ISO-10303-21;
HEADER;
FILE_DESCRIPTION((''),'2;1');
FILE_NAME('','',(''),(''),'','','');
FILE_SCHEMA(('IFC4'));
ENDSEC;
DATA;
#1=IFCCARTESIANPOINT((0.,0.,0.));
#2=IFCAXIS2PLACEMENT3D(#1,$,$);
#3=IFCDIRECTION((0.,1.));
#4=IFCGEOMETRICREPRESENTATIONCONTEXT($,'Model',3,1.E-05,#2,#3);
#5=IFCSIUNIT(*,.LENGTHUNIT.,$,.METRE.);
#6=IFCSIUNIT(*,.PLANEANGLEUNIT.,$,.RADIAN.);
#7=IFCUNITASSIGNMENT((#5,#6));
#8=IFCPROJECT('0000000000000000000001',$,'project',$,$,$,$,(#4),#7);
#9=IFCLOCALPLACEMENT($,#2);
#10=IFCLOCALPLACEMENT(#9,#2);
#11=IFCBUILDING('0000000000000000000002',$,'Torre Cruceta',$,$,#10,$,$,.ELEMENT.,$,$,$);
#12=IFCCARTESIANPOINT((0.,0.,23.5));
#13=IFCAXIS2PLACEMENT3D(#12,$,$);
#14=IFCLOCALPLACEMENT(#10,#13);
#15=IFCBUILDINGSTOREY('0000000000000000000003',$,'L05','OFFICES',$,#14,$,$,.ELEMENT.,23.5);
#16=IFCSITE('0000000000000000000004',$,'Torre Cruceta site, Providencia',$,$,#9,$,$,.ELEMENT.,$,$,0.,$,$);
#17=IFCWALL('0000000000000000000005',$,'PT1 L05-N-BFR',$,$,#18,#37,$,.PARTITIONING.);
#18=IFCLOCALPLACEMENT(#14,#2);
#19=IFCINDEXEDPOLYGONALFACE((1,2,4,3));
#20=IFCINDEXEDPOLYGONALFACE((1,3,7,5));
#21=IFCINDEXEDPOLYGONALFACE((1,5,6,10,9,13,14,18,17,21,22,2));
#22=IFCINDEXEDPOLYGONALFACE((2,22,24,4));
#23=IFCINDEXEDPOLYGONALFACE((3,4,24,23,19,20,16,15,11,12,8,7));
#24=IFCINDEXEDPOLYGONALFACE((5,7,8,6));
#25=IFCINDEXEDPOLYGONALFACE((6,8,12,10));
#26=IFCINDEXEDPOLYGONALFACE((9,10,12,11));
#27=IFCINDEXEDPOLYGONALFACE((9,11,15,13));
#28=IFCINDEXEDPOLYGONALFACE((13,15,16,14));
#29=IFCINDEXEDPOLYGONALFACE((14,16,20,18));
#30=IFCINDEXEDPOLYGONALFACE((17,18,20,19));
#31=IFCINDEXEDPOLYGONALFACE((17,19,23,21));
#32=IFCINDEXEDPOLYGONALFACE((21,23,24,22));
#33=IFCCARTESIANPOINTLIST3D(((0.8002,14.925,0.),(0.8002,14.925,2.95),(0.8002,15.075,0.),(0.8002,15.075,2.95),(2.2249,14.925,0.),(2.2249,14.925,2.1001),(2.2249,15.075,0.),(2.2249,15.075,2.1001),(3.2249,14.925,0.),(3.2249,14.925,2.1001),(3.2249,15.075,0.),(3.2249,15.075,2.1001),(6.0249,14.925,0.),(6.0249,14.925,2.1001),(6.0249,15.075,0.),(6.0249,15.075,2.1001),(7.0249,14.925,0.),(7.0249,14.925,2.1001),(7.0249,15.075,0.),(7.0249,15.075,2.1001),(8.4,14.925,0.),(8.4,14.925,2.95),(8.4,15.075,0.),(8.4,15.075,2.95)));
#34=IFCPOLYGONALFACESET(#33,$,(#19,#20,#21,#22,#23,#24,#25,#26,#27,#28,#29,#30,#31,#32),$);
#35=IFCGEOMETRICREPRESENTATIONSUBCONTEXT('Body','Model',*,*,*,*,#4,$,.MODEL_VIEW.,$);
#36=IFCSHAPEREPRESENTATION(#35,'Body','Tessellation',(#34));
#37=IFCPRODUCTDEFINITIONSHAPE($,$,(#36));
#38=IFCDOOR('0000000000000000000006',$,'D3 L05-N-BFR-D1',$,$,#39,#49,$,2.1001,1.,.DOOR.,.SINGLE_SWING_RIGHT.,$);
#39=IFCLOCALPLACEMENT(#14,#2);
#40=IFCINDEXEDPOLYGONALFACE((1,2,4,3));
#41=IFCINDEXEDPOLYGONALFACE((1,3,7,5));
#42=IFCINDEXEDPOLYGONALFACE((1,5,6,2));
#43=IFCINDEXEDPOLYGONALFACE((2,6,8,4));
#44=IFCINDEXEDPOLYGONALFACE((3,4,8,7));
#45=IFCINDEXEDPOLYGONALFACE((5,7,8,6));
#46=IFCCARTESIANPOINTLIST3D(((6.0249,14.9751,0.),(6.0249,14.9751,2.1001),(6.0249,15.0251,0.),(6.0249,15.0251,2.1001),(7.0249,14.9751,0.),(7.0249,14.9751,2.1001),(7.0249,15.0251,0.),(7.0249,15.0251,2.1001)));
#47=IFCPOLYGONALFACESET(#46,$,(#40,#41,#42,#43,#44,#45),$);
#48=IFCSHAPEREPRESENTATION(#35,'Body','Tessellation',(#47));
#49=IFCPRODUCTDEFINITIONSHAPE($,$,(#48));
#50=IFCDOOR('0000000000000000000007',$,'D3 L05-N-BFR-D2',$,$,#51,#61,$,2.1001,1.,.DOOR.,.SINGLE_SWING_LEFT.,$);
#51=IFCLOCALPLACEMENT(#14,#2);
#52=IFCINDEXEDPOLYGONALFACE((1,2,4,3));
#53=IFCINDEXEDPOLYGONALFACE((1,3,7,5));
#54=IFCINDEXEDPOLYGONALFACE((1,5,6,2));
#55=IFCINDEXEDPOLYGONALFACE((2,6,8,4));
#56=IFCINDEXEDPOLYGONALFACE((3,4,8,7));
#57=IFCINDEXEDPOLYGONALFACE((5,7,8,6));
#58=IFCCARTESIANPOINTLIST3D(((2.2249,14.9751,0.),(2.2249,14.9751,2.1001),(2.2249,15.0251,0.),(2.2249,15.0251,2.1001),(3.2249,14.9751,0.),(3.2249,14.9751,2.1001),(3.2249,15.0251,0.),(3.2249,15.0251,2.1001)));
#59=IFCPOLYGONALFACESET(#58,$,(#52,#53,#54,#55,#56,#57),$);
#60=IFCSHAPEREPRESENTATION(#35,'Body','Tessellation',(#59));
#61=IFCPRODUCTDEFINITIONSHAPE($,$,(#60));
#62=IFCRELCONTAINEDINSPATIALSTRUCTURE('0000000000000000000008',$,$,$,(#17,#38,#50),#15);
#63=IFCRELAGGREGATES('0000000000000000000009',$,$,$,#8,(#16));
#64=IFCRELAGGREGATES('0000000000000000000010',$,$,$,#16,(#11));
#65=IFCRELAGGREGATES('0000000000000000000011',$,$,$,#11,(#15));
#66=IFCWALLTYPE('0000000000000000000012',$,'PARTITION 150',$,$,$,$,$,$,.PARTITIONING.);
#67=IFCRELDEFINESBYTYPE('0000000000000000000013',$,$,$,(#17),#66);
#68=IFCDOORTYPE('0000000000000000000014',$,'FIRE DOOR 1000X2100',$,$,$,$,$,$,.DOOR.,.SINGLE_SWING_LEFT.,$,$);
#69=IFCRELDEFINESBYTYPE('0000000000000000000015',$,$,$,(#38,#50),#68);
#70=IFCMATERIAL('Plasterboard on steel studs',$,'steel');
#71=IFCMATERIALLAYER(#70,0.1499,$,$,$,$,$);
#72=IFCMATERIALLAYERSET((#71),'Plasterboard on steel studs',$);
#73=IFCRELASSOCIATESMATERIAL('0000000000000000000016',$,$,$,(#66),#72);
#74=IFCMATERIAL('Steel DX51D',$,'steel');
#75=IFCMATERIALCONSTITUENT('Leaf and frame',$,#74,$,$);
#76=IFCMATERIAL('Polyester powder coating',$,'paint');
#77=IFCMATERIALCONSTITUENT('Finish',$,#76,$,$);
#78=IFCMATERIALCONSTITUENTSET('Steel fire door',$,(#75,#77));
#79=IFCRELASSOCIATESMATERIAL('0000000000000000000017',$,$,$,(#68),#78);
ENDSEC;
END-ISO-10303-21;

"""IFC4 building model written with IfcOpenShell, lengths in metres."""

from ifc_helpers import new_model, si_unit, direction, frame, frame_2d, origin, place, context, subcontext, project, spatial, rectangle, extrude, material, layer, layer_set, constituent, constituent_set, type_object, element, fill, save


model = new_model("IFC4")

# Units and contexts
model_context = context("Model", 3, precision=1e-05, world=origin(), true_north=direction((0.0, 1.0)))
body_context = subcontext(model_context, "Body", "Model", "MODEL_VIEW")
ifc_project = project(units=[si_unit("LENGTHUNIT", "METRE"), si_unit("PLANEANGLEUNIT", "RADIAN")], contexts=[model_context])

# Site, building, storey
site_placement = place(None, origin())
site = spatial("IfcSite", under=ifc_project, at=site_placement, Name="Torre Cruceta site, Providencia", CompositionType="ELEMENT", RefElevation=0.0)
building_placement = place(site_placement, origin())
building = spatial("IfcBuilding", under=site, at=building_placement, Name="Torre Cruceta", CompositionType="ELEMENT")
storey_placement = place(building_placement, frame((0.0, 0.0, 23.5)))
storey = spatial("IfcBuildingStorey", under=building, at=storey_placement, Name="L05", Description="OFFICES", CompositionType="ELEMENT", Elevation=23.5)

# Wall, openings, doors
ifc_material_1 = material(Name="Plasterboard on steel studs", Category="steel")
ifc_layer_1 = layer(ifc_material_1, 0.1499)
ifc_layer_set_1 = layer_set([ifc_layer_1], Name="Plasterboard on steel studs")
wall_type_1 = type_object("IfcWallType", Name="PARTITION 150", PredefinedType="PARTITIONING", material=ifc_layer_set_1)
wall_1_placement = place(storey_placement, frame((8.3999, 15.0, 0.0), z_axis=(0.0, 0.0, 1.0), x_axis=(-1.0, 0.0, 0.0)))
wall_1 = element("IfcWall", 1, at=wall_1_placement, inside=storey, type_object=wall_type_1, Name="PT1 L05-N-BFR", PredefinedType="PARTITIONING", context=body_context, shape_type="SweptSolid", body=[
    extrude(rectangle(XDim=7.5999, YDim=0.1499, at=frame_2d((3.7998, 0.0))), origin(), (0.0, 0.0, 1.0), 2.95),
])
opening_1_placement = place(wall_1_placement, frame((1.375, 0.0, 0.0)))
opening_1 = element("IfcOpeningElement", 2, at=opening_1_placement, cuts=wall_1, PredefinedType="OPENING", context=body_context, shape_type="SweptSolid", body=[
    extrude(rectangle(XDim=1.0, YDim=2.1001, at=frame_2d((0.5, 1.05))), frame((0.0, 0.085, 0.0), z_axis=(0.0, -1.0, 0.0), x_axis=(1.0, 0.0, 0.0)), (0.0, 0.0, 1.0), 0.1699),
])
opening_2_placement = place(wall_1_placement, frame((5.175, 0.0, 0.0)))
opening_2 = element("IfcOpeningElement", 3, at=opening_2_placement, cuts=wall_1, PredefinedType="OPENING", context=body_context, shape_type="SweptSolid", body=[
    extrude(rectangle(XDim=1.0, YDim=2.1001, at=frame_2d((0.5, 1.05))), frame((0.0, 0.085, 0.0), z_axis=(0.0, -1.0, 0.0), x_axis=(1.0, 0.0, 0.0)), (0.0, 0.0, 1.0), 0.1699),
])
ifc_material_2 = material(Name="Steel DX51D", Category="steel")
ifc_constituent_1 = constituent(ifc_material_2, Name="Leaf and frame")
ifc_material_3 = material(Name="Polyester powder coating", Category="paint")
ifc_constituent_2 = constituent(ifc_material_3, Name="Finish")
ifc_constituent_set_1 = constituent_set(constituents=[ifc_constituent_1, ifc_constituent_2], Name="Steel fire door")
door_type_1 = type_object("IfcDoorType", Name="FIRE DOOR 1000X2100", OperationType="SINGLE_SWING_LEFT", PredefinedType="DOOR", material=ifc_constituent_set_1)
door_1_placement = place(opening_1_placement, origin())
door_1 = element("IfcDoor", 4, at=door_1_placement, inside=storey, type_object=door_type_1, Name="D3 L05-N-BFR-D1", OperationType="SINGLE_SWING_RIGHT", OverallHeight=2.1001, OverallWidth=1.0, PredefinedType="DOOR", context=body_context, shape_type="SweptSolid", body=[
    extrude(rectangle(XDim=1.0, YDim=2.1001, at=frame_2d((0.5, 1.05))), frame((0.0, 0.0249, 0.0), z_axis=(0.0, -1.0, 0.0), x_axis=(1.0, 0.0, 0.0)), (0.0, 0.0, 1.0), 0.05),
])
fill(opening_1, door_1)
door_2_placement = place(opening_2_placement, origin())
door_2 = element("IfcDoor", 5, at=door_2_placement, inside=storey, type_object=door_type_1, Name="D3 L05-N-BFR-D2", OperationType="SINGLE_SWING_LEFT", OverallHeight=2.1001, OverallWidth=1.0, PredefinedType="DOOR", context=body_context, shape_type="SweptSolid", body=[
    extrude(rectangle(XDim=1.0, YDim=2.1001, at=frame_2d((0.5, 1.05))), frame((0.0, 0.0249, 0.0), z_axis=(0.0, -1.0, 0.0), x_axis=(1.0, 0.0, 0.0)), (0.0, 0.0, 1.0), 0.05),
])
fill(opening_2, door_2)

save(model, "model.ifc")
